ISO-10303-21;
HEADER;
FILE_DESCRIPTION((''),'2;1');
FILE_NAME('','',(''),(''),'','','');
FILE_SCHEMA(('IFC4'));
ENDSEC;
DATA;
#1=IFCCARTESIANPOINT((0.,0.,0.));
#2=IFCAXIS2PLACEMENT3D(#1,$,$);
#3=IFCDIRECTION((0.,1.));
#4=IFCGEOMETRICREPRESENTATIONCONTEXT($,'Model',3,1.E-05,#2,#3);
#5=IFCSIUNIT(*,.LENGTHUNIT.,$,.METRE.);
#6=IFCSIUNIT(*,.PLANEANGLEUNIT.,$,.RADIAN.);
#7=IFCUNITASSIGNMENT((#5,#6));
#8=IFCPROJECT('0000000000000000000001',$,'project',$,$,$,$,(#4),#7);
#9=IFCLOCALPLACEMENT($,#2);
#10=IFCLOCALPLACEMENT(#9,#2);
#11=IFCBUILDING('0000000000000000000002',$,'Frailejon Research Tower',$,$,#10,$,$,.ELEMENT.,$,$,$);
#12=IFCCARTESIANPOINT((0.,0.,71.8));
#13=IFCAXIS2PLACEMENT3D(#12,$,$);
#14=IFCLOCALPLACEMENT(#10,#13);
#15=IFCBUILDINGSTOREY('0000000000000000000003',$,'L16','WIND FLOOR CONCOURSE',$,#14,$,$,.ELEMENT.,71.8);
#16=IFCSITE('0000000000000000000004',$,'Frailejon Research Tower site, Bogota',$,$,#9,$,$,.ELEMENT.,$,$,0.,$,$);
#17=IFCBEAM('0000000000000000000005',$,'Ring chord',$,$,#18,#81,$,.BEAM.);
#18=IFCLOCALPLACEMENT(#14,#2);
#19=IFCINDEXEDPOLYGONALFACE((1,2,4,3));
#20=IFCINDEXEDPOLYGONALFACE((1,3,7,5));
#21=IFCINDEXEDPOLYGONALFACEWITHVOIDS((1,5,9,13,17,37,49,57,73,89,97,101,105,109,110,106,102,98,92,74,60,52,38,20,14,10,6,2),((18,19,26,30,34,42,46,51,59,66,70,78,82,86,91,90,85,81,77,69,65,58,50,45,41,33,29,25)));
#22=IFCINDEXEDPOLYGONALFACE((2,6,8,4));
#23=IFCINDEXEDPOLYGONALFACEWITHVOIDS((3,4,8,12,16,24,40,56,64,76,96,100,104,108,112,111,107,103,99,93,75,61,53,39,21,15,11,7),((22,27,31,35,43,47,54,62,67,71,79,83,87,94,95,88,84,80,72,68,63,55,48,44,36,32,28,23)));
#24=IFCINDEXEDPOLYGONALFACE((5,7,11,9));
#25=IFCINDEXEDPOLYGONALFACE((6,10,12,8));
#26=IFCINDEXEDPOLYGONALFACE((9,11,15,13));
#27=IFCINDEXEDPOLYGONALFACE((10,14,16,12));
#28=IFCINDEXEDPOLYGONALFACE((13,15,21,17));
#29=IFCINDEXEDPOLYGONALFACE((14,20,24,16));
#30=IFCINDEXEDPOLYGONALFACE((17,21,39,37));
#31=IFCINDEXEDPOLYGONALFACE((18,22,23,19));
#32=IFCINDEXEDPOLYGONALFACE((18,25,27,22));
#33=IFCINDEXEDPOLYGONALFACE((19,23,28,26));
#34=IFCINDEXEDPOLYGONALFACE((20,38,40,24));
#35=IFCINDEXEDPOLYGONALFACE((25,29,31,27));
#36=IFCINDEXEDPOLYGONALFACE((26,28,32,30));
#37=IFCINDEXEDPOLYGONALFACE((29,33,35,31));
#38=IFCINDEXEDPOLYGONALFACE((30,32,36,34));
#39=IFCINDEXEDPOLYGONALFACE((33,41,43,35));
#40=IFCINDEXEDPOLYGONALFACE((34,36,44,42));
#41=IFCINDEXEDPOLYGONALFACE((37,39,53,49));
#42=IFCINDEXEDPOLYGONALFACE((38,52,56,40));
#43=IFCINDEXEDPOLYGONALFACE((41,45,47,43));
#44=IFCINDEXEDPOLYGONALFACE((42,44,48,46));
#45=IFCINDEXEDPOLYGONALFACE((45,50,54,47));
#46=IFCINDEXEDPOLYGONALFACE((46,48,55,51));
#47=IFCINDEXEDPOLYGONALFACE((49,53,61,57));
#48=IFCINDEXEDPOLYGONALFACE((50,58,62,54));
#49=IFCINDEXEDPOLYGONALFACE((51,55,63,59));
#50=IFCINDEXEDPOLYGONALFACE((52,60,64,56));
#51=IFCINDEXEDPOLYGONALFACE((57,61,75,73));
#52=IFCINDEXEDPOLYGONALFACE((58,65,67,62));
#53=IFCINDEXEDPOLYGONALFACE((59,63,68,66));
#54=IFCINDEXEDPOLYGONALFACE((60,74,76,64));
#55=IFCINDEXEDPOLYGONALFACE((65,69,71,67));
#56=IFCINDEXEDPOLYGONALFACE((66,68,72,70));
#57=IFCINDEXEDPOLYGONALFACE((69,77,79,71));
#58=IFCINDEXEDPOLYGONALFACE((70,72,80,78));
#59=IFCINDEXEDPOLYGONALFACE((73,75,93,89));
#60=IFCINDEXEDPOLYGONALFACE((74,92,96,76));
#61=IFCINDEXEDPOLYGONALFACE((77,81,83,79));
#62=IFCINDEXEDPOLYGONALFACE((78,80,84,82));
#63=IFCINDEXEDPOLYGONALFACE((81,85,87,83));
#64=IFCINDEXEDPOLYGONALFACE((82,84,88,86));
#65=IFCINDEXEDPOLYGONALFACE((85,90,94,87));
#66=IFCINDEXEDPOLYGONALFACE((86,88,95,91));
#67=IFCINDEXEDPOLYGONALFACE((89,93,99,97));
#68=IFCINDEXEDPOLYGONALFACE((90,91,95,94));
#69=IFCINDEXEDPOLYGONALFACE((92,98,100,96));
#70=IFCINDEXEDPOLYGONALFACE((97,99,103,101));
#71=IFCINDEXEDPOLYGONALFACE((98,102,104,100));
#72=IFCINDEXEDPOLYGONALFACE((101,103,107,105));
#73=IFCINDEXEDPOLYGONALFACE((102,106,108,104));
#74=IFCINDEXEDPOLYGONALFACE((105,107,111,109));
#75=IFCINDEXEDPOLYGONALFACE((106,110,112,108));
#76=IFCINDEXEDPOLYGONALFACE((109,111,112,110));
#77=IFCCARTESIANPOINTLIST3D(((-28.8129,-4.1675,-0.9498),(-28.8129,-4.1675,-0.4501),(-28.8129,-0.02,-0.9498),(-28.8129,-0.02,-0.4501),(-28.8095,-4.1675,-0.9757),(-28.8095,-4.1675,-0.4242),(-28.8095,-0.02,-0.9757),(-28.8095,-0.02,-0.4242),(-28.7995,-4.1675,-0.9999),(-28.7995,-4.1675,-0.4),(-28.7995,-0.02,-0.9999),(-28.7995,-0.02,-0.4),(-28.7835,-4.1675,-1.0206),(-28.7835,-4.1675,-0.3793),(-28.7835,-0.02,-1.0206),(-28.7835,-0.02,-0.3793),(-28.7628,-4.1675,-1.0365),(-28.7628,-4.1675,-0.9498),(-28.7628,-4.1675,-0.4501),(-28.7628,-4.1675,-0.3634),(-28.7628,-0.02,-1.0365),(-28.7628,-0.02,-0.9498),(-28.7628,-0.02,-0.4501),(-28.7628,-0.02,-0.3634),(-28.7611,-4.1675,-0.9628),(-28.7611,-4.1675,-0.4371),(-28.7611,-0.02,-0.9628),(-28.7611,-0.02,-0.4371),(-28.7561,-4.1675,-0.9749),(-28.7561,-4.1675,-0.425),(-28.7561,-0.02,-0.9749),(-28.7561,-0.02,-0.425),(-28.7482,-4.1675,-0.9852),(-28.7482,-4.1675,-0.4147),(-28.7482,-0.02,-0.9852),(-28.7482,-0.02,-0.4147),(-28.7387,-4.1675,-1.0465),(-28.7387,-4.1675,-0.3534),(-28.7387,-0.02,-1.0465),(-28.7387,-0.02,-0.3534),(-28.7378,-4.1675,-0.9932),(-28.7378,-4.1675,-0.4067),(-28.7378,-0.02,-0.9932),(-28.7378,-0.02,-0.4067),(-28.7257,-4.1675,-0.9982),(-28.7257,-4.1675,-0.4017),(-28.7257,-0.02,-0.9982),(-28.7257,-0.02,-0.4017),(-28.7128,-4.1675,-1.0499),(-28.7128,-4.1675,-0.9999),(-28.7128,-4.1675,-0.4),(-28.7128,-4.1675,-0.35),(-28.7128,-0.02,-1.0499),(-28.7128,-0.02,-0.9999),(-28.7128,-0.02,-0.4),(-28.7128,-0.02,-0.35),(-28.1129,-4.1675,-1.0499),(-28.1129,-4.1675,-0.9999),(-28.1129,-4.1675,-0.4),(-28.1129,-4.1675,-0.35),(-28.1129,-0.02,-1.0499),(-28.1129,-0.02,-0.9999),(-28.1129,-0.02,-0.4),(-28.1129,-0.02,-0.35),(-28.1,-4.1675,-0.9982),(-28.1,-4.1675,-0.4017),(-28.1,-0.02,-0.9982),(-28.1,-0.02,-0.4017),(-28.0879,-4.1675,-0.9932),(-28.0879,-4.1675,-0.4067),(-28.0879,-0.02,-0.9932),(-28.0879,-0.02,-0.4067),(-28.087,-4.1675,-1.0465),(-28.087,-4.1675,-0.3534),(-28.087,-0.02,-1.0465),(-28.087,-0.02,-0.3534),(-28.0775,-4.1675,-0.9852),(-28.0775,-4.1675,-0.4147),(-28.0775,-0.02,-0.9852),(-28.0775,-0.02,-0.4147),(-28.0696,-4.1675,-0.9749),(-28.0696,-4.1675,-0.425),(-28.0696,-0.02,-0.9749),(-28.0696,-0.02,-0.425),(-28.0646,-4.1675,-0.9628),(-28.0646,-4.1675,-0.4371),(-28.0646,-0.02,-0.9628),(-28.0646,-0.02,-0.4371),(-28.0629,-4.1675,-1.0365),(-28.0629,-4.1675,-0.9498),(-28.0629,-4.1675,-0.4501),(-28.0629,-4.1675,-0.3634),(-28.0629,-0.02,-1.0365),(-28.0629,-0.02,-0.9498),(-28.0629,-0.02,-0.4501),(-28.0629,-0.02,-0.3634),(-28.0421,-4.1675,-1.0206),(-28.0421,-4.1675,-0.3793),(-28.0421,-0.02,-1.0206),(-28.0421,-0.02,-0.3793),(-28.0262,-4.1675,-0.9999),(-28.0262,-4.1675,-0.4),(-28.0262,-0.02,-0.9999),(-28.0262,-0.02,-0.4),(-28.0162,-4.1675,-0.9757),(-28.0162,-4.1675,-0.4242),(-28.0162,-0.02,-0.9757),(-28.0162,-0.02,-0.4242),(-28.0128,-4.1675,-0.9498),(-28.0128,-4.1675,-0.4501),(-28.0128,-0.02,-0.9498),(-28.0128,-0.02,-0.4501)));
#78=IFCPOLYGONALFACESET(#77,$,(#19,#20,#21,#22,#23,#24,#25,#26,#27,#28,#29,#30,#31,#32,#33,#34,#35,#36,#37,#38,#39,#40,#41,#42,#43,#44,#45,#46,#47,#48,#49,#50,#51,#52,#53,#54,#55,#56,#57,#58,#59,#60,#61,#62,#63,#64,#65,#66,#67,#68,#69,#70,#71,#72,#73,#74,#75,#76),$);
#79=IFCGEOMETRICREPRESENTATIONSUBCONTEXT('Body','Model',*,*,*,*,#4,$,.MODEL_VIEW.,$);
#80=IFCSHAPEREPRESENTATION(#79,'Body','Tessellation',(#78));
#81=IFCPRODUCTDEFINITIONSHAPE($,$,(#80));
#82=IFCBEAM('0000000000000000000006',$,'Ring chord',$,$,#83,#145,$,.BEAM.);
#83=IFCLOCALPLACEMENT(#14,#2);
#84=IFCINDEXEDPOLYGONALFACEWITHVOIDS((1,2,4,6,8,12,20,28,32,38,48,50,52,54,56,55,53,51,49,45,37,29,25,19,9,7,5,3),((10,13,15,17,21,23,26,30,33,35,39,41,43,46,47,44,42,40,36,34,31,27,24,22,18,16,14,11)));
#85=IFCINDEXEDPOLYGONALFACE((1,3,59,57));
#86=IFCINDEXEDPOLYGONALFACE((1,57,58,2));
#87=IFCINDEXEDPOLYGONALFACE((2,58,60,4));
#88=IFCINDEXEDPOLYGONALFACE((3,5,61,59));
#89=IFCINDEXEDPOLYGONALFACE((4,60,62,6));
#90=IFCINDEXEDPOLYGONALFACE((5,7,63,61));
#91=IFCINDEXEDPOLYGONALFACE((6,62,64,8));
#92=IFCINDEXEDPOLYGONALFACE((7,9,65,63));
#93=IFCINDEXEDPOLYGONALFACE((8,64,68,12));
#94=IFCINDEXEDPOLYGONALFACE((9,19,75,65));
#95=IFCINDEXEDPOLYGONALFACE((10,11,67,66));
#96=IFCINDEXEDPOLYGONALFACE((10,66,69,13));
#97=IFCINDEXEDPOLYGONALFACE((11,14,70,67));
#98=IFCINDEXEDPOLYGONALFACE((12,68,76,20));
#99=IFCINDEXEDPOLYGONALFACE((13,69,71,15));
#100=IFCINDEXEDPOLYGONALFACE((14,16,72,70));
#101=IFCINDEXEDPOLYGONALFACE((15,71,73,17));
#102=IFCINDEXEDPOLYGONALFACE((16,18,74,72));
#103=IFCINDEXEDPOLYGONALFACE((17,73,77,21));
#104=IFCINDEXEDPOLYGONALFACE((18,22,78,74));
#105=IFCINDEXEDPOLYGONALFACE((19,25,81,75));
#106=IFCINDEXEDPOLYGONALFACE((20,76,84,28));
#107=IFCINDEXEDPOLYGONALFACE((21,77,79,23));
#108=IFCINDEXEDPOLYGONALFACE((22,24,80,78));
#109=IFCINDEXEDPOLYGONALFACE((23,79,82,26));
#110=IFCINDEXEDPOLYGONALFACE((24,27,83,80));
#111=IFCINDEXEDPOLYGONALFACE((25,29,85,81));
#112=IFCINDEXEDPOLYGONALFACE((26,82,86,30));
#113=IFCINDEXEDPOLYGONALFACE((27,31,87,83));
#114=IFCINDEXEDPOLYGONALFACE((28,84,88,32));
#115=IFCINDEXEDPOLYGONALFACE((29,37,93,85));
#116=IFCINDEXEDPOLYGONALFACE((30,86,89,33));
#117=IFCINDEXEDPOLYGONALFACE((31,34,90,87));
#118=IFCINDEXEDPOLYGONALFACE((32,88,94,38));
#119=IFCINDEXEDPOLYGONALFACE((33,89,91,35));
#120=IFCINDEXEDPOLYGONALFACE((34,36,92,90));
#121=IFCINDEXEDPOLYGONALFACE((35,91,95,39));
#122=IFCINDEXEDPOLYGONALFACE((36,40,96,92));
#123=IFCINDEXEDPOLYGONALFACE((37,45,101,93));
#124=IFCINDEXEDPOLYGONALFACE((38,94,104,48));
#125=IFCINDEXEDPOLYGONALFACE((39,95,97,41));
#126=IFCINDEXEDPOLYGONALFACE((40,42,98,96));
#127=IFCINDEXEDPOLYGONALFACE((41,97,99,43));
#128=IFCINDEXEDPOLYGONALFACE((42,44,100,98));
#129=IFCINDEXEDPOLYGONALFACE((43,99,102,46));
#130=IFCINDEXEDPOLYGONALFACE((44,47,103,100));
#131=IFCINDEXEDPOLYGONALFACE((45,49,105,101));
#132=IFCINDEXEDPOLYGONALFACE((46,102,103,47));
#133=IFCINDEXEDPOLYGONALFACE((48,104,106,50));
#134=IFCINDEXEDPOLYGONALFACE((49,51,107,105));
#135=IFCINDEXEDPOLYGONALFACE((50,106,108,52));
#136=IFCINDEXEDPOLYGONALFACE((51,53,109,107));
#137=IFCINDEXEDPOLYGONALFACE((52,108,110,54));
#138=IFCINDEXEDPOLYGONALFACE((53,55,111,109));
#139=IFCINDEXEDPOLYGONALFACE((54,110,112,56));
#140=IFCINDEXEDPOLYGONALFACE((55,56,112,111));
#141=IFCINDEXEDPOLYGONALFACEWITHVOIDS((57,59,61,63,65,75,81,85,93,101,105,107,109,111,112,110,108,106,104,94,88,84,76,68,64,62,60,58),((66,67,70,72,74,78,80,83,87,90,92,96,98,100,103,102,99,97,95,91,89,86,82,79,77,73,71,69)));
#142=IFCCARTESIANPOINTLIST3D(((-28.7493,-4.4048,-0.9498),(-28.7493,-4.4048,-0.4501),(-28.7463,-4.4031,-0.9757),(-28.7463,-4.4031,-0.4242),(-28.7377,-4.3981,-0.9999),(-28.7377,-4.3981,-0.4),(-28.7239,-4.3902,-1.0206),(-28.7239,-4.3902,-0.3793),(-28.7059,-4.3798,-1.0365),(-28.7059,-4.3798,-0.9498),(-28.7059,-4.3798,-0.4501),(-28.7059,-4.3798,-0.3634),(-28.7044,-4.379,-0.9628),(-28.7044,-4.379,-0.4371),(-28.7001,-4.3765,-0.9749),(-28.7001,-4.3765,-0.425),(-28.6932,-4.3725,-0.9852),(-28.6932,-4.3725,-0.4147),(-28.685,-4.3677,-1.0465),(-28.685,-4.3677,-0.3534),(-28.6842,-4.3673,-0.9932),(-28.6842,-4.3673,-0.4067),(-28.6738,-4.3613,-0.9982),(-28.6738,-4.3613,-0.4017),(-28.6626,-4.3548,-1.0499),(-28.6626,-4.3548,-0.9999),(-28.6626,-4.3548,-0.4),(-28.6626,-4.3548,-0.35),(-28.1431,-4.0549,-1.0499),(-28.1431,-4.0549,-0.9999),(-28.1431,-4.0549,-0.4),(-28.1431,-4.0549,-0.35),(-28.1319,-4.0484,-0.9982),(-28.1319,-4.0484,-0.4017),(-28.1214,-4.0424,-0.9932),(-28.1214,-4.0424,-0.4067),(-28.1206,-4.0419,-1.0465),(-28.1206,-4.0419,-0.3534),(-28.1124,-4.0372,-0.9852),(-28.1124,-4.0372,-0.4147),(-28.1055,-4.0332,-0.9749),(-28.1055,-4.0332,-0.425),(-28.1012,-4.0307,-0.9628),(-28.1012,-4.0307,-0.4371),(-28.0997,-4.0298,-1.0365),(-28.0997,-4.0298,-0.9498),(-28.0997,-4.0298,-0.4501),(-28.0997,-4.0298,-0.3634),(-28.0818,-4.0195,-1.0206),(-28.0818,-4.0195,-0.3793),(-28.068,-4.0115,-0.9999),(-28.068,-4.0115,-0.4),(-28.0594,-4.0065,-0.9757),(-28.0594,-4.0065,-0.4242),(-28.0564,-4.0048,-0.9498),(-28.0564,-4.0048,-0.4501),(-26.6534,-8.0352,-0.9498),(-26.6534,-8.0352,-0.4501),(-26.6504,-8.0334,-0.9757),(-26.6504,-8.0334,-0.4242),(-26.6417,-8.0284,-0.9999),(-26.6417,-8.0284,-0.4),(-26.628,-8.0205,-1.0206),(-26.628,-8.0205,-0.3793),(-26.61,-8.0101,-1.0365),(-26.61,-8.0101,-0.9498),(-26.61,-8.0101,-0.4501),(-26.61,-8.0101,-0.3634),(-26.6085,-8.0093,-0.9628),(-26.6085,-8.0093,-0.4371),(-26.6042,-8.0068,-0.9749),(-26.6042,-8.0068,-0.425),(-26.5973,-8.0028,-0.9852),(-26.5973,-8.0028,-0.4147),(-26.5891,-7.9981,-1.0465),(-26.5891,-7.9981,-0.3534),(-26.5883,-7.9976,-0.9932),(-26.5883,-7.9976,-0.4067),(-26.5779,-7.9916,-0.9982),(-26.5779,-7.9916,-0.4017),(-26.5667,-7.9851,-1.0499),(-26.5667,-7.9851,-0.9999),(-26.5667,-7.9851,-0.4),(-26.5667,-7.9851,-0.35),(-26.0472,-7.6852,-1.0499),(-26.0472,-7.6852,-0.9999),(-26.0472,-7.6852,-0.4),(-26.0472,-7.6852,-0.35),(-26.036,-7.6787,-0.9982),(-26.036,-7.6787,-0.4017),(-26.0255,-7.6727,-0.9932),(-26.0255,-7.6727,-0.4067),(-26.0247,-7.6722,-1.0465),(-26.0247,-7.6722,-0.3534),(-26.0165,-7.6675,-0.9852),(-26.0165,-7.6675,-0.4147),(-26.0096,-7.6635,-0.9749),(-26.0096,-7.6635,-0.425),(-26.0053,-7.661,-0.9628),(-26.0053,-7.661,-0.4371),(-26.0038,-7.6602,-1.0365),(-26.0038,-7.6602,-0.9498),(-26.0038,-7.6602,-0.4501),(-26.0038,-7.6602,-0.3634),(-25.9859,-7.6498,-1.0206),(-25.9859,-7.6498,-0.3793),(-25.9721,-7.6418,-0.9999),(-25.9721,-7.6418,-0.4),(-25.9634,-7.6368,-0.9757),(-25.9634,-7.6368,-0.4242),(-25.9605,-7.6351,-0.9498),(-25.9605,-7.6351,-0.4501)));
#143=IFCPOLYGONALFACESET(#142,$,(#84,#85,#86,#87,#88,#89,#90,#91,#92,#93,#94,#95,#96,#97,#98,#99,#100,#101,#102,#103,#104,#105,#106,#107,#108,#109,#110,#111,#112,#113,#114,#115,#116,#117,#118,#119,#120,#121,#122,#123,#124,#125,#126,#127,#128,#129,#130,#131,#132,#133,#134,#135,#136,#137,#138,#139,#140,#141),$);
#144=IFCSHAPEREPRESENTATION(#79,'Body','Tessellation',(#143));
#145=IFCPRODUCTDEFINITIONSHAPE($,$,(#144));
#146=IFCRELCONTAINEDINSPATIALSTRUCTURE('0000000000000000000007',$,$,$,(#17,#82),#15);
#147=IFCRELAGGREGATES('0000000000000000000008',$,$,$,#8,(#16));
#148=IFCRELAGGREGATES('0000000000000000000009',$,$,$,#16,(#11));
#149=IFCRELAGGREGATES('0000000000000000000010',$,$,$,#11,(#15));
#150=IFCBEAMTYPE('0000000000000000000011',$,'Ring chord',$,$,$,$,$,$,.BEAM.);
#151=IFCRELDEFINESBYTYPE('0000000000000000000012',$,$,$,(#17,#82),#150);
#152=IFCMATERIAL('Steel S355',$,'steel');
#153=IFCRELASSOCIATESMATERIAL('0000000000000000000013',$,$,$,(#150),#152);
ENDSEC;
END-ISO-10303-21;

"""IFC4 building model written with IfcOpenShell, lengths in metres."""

from ifc_helpers import new_model, si_unit, direction, frame, origin, origin_2d, place, context, subcontext, project, spatial, hollow_rectangle, extrude, material, material_profile, profile_set, type_object, element, save


model = new_model("IFC4")

# Units and contexts
model_context = context("Model", 3, precision=1e-05, world=origin(), true_north=direction((0.0, 1.0)))
body_context = subcontext(model_context, "Body", "Model", "MODEL_VIEW")
ifc_project = project(units=[si_unit("LENGTHUNIT", "METRE"), si_unit("PLANEANGLEUNIT", "RADIAN")], contexts=[model_context])

# Site, building, storey
site_placement = place(None, origin())
site = spatial("IfcSite", under=ifc_project, at=site_placement, Name="Frailejon Research Tower site, Bogota", CompositionType="ELEMENT", RefElevation=0.0)
building_placement = place(site_placement, origin())
building = spatial("IfcBuilding", under=site, at=building_placement, Name="Frailejon Research Tower", CompositionType="ELEMENT")
storey_placement = place(building_placement, frame((0.0, 0.0, 71.8)))
storey = spatial("IfcBuildingStorey", under=building, at=storey_placement, Name="L16", Description="WIND FLOOR CONCOURSE", CompositionType="ELEMENT", Elevation=71.8)

# Beams
ifc_material_1 = material(Name="Steel S355", Category="steel")
ifc_material_profile_1 = material_profile(ifc_material_1, hollow_rectangle(XDim=0.8, YDim=0.7, WallThickness=0.05, InnerFilletRadius=0.05, OuterFilletRadius=0.1001, at=origin_2d()), Name="Ring chord")
ifc_profile_set_1 = profile_set([ifc_material_profile_1], Name="Steel S355")
beam_type_1 = type_object("IfcBeamType", Name="Ring chord", PredefinedType="BEAM", material=ifc_profile_set_1)
beam_1_placement = place(storey_placement, frame((-28.4128, -0.02, -0.7), z_axis=(0.0, -1.0, 0.0), x_axis=(1.0, 0.0, 0.0)))
element("IfcBeam", 1, at=beam_1_placement, inside=storey, type_object=beam_type_1, Name="Ring chord", PredefinedType="BEAM", context=body_context, shape_type="SweptSolid", body=[
    extrude(hollow_rectangle(XDim=0.8, YDim=0.7, WallThickness=0.05, InnerFilletRadius=0.05, OuterFilletRadius=0.1001, at=origin_2d()), origin(), (0.0, 0.0, 1.0), 4.1475),
])
for number, where, z_axis, x_axis, name in (
    (2, (-28.4028, -4.2048, -0.7), (0.499991, -0.86603, 0.0), (0.86603, 0.499991, 0.0), "Ring chord"),
):
    element("IfcBeam", number, at=place(storey_placement, frame(where, z_axis=z_axis, x_axis=x_axis)), inside=storey, type_object=beam_type_1, Name=name, PredefinedType="BEAM", context=body_context, shape_type="SweptSolid", body=[
        extrude(hollow_rectangle(XDim=0.8, YDim=0.7, WallThickness=0.05, InnerFilletRadius=0.05, OuterFilletRadius=0.1001, at=origin_2d()), origin(), (0.0, 0.0, 1.0), 4.1919),
    ])

save(model, "model.ifc")
